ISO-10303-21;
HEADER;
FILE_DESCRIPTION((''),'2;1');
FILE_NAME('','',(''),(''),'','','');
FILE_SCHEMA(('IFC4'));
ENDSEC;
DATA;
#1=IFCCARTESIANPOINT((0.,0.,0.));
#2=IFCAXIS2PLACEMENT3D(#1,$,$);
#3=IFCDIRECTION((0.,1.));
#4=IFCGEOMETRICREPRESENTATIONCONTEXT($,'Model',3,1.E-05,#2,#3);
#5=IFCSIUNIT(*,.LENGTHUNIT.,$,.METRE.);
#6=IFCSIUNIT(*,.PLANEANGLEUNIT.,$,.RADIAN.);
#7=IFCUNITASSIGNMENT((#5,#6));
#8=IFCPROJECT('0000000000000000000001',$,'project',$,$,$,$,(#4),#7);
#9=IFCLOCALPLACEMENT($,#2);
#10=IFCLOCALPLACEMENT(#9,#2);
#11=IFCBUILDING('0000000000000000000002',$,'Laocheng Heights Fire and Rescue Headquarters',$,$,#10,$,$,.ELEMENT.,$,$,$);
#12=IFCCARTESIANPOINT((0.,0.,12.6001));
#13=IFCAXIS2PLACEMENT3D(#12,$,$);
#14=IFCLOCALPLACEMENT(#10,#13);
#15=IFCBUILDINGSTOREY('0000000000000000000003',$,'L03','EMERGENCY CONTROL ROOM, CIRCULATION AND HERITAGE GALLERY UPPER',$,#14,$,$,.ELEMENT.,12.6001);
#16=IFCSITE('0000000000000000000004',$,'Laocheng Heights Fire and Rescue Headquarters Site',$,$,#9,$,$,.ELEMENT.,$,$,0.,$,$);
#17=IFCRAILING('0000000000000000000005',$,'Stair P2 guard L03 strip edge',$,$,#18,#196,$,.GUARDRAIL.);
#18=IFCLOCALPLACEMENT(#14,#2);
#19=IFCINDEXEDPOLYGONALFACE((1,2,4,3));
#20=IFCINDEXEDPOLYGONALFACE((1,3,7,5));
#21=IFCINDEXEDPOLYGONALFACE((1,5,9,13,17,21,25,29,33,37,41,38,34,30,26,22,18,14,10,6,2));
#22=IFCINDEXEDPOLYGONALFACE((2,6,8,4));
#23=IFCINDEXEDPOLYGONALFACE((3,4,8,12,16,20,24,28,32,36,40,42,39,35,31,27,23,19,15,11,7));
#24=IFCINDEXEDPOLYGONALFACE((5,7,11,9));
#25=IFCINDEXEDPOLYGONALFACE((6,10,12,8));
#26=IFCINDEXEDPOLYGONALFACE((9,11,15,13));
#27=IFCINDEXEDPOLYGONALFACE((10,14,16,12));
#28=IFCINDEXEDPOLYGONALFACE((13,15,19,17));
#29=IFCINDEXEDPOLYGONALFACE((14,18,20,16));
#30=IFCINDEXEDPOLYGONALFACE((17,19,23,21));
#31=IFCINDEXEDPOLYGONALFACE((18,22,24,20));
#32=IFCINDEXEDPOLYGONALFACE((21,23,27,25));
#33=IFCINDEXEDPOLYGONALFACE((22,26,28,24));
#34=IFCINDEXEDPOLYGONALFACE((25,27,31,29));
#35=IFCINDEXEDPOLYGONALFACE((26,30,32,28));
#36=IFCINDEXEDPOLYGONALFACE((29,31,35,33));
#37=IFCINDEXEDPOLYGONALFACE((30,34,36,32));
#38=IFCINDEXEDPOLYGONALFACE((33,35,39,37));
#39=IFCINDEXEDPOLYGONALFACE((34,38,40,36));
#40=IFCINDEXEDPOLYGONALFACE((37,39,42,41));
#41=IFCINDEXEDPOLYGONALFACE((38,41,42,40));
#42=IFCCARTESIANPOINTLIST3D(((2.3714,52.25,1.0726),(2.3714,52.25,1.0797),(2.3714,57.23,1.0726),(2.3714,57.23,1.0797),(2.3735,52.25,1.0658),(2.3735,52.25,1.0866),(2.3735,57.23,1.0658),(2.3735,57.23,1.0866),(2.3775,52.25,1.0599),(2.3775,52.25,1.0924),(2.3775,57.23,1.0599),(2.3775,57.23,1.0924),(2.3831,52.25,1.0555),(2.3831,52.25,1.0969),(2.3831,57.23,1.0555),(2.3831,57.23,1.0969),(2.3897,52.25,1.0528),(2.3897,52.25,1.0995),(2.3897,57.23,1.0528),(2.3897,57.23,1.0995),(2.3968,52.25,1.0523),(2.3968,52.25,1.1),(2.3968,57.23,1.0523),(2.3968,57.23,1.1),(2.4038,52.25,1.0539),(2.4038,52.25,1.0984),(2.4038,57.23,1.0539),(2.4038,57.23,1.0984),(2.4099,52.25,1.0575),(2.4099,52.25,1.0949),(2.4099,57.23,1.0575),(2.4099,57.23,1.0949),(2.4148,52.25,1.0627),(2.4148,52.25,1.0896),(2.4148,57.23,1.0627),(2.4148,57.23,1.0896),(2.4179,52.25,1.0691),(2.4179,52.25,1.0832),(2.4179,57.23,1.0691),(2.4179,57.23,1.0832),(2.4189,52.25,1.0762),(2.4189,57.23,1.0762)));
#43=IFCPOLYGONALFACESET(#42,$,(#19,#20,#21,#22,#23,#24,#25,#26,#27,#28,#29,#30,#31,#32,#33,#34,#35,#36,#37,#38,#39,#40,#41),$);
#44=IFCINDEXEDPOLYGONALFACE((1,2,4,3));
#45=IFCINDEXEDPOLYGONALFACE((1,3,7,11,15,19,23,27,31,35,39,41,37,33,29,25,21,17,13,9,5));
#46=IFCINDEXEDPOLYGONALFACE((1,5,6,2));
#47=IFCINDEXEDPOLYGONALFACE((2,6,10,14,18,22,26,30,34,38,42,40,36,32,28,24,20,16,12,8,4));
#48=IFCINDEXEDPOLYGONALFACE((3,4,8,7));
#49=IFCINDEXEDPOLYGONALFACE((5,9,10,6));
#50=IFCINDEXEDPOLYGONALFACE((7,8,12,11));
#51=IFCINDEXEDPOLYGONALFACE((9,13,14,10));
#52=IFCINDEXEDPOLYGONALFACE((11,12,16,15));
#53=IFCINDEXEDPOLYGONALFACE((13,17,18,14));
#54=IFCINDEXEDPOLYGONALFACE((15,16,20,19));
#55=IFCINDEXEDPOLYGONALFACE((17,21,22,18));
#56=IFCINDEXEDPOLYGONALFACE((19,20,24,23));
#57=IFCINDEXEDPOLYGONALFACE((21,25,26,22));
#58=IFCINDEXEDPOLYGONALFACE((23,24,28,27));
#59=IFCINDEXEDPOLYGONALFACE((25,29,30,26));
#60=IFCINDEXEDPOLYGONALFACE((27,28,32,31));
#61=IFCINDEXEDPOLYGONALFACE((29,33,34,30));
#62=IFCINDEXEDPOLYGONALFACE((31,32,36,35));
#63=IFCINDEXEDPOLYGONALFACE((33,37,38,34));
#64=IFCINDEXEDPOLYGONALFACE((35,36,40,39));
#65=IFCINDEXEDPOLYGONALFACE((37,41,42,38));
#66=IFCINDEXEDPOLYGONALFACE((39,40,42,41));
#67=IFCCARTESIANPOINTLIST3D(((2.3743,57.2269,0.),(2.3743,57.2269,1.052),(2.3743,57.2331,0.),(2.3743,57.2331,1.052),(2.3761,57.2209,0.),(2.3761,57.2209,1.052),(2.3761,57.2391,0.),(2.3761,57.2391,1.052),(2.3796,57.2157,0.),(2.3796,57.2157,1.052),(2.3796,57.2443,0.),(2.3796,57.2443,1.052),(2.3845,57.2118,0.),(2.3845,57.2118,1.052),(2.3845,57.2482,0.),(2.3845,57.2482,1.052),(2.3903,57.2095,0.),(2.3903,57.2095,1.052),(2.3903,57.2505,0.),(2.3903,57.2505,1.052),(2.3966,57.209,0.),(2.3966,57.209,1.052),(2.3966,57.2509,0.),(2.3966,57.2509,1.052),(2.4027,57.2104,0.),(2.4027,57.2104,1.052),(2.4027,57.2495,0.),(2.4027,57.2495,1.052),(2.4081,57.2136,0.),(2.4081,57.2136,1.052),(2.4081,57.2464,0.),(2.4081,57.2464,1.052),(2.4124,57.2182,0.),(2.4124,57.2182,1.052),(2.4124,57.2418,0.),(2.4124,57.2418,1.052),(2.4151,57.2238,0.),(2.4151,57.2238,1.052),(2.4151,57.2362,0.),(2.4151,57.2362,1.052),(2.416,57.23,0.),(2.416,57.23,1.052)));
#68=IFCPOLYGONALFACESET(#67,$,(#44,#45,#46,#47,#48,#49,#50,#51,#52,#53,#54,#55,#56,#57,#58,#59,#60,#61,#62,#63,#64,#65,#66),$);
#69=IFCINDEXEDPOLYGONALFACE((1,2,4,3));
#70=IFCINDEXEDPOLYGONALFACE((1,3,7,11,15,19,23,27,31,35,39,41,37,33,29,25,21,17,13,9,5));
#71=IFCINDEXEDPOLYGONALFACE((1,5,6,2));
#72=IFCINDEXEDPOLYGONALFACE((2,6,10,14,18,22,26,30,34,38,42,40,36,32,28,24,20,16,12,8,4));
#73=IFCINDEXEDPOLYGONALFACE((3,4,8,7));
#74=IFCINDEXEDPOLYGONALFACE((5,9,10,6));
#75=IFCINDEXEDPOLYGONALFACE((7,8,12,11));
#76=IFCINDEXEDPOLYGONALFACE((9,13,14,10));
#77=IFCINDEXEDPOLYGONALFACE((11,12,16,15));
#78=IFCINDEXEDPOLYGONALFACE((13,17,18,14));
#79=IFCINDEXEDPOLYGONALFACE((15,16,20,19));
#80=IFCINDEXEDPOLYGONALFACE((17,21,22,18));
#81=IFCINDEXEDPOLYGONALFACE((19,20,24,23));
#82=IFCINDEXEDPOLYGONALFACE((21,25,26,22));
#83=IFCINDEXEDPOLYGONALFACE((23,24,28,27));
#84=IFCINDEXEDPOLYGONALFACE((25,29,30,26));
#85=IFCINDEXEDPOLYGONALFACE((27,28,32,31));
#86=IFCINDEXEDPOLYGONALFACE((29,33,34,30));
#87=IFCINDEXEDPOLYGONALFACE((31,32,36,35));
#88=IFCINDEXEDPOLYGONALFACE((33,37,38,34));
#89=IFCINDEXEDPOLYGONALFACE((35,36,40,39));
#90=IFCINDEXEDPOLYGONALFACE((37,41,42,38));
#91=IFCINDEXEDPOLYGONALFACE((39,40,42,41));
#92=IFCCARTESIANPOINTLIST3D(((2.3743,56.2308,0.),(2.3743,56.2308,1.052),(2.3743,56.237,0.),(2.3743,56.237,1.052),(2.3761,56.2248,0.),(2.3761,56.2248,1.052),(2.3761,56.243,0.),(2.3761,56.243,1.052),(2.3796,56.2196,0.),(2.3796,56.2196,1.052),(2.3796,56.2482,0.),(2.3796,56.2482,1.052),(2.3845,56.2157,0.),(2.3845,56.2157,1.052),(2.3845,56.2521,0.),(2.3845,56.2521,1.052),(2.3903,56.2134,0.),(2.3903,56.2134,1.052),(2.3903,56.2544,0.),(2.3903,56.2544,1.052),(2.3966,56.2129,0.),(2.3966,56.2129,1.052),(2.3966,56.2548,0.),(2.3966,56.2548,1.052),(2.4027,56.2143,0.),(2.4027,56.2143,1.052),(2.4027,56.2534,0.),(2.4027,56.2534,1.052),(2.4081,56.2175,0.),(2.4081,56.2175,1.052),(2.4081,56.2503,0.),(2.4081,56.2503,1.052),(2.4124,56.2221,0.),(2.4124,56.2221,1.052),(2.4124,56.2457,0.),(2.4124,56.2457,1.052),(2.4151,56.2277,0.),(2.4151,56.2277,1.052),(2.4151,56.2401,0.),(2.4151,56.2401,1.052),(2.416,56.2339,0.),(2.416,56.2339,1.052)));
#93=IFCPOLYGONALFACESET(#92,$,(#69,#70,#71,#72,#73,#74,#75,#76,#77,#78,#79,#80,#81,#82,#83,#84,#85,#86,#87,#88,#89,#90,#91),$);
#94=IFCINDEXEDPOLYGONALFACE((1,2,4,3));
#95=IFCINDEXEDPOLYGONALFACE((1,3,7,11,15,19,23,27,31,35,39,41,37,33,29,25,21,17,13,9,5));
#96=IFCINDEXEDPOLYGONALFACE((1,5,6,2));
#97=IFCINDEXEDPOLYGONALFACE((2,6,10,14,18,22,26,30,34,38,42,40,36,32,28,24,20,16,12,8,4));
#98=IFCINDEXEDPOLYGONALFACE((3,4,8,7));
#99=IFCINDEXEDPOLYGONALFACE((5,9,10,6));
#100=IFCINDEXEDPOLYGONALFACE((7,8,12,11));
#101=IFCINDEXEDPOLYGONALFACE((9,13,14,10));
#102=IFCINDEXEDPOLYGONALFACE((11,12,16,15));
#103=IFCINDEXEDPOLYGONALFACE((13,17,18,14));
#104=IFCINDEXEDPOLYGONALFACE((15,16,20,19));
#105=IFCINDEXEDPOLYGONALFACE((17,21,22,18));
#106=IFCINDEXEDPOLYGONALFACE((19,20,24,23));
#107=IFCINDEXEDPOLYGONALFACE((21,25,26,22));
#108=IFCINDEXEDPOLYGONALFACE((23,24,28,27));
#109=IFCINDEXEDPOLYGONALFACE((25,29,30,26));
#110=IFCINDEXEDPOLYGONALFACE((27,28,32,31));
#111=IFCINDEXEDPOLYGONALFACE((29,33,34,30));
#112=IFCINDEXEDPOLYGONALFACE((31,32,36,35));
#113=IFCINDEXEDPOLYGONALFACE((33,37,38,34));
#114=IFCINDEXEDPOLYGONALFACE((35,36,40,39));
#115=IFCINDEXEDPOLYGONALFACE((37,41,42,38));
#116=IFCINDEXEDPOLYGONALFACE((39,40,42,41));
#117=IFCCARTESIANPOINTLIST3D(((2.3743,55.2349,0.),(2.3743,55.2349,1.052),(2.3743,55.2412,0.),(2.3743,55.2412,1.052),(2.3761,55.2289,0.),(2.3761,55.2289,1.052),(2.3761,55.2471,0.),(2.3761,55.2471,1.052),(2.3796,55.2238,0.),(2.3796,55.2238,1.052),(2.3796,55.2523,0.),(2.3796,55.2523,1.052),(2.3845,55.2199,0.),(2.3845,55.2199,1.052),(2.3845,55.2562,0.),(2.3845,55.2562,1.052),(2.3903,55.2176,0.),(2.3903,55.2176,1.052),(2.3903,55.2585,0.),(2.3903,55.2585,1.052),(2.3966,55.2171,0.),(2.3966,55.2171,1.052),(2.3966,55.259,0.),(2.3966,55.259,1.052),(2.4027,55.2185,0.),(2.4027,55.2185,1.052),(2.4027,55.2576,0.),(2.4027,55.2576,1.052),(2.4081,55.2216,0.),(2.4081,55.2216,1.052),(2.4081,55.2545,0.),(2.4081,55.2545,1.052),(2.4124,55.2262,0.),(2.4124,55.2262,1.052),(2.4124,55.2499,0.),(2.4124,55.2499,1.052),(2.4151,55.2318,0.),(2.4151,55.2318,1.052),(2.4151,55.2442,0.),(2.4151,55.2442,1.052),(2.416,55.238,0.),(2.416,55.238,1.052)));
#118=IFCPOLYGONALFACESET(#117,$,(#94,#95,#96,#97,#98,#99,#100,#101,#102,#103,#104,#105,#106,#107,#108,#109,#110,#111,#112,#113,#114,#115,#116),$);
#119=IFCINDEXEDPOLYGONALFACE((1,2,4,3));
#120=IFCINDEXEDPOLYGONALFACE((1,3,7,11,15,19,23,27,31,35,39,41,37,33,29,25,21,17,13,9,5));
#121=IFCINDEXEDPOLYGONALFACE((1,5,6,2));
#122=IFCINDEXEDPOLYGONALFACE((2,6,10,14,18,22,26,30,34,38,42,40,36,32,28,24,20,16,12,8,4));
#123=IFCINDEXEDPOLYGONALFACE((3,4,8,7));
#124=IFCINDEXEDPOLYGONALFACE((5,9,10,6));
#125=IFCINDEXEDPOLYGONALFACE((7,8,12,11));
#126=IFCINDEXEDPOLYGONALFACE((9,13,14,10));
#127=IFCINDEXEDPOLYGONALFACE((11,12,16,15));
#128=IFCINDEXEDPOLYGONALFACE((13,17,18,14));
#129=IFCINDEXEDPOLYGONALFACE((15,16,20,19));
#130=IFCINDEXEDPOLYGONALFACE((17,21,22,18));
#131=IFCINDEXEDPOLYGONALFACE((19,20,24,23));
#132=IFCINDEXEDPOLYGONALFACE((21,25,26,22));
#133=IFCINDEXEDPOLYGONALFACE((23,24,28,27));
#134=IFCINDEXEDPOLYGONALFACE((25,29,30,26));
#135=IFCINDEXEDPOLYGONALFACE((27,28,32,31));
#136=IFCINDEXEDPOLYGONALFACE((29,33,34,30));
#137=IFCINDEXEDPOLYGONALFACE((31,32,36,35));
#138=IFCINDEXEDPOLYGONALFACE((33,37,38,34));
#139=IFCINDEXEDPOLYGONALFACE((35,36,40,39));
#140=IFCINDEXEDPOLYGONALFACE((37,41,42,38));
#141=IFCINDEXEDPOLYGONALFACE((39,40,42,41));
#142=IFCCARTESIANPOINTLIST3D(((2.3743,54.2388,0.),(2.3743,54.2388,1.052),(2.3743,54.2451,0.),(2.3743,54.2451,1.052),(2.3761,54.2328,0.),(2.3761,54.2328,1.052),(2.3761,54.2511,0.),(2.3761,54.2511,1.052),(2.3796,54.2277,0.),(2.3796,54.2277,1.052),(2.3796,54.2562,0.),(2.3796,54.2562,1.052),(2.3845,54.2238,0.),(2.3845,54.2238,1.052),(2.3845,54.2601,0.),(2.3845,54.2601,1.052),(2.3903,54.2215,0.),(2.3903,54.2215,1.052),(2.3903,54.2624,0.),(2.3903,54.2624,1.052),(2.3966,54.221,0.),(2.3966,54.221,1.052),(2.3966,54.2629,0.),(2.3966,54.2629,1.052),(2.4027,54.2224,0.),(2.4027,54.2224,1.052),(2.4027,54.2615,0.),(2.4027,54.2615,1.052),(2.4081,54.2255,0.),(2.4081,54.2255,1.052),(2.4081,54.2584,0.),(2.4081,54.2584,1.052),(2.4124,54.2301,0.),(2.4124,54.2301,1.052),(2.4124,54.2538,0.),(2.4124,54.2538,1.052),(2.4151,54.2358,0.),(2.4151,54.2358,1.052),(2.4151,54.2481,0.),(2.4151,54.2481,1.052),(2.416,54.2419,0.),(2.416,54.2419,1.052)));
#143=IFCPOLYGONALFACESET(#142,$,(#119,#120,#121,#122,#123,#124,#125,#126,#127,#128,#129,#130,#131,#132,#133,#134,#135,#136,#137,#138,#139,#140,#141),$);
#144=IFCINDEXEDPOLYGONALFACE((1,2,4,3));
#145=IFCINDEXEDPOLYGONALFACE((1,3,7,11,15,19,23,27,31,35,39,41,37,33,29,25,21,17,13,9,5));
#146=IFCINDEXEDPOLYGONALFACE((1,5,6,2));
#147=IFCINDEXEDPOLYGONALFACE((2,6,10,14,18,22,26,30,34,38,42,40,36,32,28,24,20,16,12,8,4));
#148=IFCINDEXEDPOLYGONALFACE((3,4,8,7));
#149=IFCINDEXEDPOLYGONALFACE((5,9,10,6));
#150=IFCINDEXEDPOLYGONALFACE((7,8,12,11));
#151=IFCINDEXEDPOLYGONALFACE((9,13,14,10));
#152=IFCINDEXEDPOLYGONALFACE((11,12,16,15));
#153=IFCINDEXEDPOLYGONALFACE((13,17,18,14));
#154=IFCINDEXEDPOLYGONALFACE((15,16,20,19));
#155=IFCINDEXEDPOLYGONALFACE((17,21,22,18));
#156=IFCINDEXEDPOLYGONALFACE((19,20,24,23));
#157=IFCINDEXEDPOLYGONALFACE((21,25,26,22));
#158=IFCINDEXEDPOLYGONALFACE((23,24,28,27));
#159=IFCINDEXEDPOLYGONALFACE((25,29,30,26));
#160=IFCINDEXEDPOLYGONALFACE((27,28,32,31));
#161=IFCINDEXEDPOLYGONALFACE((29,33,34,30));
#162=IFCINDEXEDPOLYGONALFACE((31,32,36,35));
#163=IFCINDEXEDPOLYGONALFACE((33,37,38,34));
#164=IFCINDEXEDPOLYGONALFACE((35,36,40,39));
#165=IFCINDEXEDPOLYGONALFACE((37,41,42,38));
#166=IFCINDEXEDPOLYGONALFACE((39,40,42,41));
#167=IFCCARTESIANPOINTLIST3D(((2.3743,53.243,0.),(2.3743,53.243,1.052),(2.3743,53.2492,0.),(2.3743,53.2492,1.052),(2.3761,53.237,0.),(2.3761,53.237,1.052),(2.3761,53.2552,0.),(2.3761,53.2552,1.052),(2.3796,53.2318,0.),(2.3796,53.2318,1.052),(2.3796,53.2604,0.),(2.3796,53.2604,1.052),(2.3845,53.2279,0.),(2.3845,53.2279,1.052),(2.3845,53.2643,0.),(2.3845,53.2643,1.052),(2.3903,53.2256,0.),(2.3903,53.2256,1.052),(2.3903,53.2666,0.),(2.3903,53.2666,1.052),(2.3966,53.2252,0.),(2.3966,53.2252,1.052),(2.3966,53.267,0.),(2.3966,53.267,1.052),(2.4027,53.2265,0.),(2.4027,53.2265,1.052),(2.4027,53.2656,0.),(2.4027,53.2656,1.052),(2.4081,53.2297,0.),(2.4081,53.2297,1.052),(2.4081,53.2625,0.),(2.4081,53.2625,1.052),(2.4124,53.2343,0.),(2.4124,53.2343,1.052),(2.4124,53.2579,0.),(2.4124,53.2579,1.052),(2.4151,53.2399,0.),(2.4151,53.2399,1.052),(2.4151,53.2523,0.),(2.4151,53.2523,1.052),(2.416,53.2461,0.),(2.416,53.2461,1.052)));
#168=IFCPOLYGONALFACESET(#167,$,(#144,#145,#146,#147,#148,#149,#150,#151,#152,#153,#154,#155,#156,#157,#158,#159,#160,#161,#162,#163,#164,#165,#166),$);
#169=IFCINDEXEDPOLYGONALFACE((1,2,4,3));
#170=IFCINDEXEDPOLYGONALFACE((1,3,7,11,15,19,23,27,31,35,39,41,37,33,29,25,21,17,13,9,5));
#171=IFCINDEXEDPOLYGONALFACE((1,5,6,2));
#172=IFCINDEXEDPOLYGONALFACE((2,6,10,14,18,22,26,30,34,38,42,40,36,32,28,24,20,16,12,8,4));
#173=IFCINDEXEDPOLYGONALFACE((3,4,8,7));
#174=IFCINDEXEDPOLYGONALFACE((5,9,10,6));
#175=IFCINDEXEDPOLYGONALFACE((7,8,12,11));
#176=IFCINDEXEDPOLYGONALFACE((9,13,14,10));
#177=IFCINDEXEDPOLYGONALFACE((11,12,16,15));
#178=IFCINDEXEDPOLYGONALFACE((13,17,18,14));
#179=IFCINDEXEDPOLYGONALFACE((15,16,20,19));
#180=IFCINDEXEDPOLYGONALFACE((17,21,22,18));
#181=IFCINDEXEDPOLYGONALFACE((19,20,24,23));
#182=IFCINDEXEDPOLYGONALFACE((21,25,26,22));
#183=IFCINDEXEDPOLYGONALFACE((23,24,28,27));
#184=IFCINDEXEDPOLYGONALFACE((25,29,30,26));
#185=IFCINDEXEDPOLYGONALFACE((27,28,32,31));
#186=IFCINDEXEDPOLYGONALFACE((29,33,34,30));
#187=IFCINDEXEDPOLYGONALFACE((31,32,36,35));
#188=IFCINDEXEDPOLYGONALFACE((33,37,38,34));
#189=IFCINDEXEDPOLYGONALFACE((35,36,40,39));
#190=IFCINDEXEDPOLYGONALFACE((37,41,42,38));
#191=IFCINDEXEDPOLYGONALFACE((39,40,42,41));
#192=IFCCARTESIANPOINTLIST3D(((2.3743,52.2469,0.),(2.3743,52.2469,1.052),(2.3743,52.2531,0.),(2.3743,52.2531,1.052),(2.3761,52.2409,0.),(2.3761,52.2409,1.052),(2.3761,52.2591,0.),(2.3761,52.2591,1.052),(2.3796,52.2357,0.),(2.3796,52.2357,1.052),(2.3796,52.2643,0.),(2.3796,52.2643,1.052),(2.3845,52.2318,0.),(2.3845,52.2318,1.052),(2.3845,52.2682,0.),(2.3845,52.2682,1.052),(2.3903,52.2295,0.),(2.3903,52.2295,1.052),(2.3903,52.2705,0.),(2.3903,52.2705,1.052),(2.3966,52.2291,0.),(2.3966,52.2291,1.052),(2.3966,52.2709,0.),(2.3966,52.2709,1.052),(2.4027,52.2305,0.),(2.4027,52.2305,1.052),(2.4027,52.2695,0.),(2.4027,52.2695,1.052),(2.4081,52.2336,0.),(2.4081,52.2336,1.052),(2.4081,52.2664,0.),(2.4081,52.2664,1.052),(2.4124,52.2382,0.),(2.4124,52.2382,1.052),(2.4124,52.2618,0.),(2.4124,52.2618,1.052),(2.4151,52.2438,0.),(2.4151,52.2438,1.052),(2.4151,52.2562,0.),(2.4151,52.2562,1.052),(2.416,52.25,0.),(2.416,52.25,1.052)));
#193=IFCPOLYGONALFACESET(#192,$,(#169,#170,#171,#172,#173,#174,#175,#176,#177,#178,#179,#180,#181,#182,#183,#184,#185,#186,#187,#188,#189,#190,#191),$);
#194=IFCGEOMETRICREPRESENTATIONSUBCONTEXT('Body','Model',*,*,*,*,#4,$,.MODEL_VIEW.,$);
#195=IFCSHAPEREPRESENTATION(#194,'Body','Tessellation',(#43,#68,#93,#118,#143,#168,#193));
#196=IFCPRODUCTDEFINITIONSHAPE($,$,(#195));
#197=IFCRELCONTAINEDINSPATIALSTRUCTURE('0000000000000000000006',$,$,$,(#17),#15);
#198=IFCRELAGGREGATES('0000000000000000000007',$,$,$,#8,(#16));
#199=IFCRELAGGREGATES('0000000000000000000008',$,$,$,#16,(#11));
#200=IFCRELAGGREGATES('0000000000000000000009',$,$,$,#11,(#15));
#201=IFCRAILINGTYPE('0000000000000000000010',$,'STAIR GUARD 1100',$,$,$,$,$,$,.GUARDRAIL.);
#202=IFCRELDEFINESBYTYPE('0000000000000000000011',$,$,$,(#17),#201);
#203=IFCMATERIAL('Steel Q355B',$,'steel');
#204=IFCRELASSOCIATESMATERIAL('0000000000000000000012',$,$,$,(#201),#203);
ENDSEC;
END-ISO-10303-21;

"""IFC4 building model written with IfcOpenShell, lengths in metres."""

from ifc_helpers import new_model, si_unit, direction, frame, origin, origin_2d, place, context, subcontext, project, spatial, circle, extrude, material, type_object, element, save


model = new_model("IFC4")

# Units and contexts
model_context = context("Model", 3, precision=1e-05, world=origin(), true_north=direction((0.0, 1.0)))
body_context = subcontext(model_context, "Body", "Model", "MODEL_VIEW")
ifc_project = project(units=[si_unit("LENGTHUNIT", "METRE"), si_unit("PLANEANGLEUNIT", "RADIAN")], contexts=[model_context])

# Site, building, storey
site_placement = place(None, origin())
site = spatial("IfcSite", under=ifc_project, at=site_placement, Name="Laocheng Heights Fire and Rescue Headquarters Site", CompositionType="ELEMENT", RefElevation=0.0)
building_placement = place(site_placement, origin())
building = spatial("IfcBuilding", under=site, at=building_placement, Name="Laocheng Heights Fire and Rescue Headquarters", CompositionType="ELEMENT")
storey_placement = place(building_placement, frame((0.0, 0.0, 12.6001)))
storey = spatial("IfcBuildingStorey", under=building, at=storey_placement, Name="L03", Description="EMERGENCY CONTROL ROOM, CIRCULATION AND HERITAGE GALLERY UPPER", CompositionType="ELEMENT", Elevation=12.6001)

# Railing
ifc_material_1 = material(Name="Steel Q355B", Category="steel")
railing_type_1 = type_object("IfcRailingType", Name="STAIR GUARD 1100", PredefinedType="GUARDRAIL", material=ifc_material_1)
railing_1_placement = place(storey_placement, frame((2.395, 57.23, 0.0)))
element("IfcRailing", 1, at=railing_1_placement, inside=storey, type_object=railing_type_1, Name="Stair P2 guard L03 strip edge", PredefinedType="GUARDRAIL", context=body_context, shape_type="SweptSolid", body=[
    extrude(circle(Radius=0.0239, at=origin_2d()), frame((0.0, 0.0, 1.0762), z_axis=(0.0, -1.0, 0.0), x_axis=(1.0, 0.0, 0.0)), (0.0, 0.0, 1.0), 4.98),
    extrude(circle(Radius=0.021, at=origin_2d()), origin(), (0.0, 0.0, 1.0), 1.052),
    extrude(circle(Radius=0.021, at=origin_2d()), frame((0.0, -0.9961, 0.0)), (0.0, 0.0, 1.0), 1.052),
    extrude(circle(Radius=0.021, at=origin_2d()), frame((0.0, -1.9919, 0.0)), (0.0, 0.0, 1.0), 1.052),
    extrude(circle(Radius=0.021, at=origin_2d()), frame((0.0, -2.988, 0.0)), (0.0, 0.0, 1.0), 1.052),
    extrude(circle(Radius=0.021, at=origin_2d()), frame((0.0, -3.9839, 0.0)), (0.0, 0.0, 1.0), 1.052),
    extrude(circle(Radius=0.021, at=origin_2d()), frame((0.0, -4.98, 0.0)), (0.0, 0.0, 1.0), 1.052),
])

save(model, "model.ifc")
